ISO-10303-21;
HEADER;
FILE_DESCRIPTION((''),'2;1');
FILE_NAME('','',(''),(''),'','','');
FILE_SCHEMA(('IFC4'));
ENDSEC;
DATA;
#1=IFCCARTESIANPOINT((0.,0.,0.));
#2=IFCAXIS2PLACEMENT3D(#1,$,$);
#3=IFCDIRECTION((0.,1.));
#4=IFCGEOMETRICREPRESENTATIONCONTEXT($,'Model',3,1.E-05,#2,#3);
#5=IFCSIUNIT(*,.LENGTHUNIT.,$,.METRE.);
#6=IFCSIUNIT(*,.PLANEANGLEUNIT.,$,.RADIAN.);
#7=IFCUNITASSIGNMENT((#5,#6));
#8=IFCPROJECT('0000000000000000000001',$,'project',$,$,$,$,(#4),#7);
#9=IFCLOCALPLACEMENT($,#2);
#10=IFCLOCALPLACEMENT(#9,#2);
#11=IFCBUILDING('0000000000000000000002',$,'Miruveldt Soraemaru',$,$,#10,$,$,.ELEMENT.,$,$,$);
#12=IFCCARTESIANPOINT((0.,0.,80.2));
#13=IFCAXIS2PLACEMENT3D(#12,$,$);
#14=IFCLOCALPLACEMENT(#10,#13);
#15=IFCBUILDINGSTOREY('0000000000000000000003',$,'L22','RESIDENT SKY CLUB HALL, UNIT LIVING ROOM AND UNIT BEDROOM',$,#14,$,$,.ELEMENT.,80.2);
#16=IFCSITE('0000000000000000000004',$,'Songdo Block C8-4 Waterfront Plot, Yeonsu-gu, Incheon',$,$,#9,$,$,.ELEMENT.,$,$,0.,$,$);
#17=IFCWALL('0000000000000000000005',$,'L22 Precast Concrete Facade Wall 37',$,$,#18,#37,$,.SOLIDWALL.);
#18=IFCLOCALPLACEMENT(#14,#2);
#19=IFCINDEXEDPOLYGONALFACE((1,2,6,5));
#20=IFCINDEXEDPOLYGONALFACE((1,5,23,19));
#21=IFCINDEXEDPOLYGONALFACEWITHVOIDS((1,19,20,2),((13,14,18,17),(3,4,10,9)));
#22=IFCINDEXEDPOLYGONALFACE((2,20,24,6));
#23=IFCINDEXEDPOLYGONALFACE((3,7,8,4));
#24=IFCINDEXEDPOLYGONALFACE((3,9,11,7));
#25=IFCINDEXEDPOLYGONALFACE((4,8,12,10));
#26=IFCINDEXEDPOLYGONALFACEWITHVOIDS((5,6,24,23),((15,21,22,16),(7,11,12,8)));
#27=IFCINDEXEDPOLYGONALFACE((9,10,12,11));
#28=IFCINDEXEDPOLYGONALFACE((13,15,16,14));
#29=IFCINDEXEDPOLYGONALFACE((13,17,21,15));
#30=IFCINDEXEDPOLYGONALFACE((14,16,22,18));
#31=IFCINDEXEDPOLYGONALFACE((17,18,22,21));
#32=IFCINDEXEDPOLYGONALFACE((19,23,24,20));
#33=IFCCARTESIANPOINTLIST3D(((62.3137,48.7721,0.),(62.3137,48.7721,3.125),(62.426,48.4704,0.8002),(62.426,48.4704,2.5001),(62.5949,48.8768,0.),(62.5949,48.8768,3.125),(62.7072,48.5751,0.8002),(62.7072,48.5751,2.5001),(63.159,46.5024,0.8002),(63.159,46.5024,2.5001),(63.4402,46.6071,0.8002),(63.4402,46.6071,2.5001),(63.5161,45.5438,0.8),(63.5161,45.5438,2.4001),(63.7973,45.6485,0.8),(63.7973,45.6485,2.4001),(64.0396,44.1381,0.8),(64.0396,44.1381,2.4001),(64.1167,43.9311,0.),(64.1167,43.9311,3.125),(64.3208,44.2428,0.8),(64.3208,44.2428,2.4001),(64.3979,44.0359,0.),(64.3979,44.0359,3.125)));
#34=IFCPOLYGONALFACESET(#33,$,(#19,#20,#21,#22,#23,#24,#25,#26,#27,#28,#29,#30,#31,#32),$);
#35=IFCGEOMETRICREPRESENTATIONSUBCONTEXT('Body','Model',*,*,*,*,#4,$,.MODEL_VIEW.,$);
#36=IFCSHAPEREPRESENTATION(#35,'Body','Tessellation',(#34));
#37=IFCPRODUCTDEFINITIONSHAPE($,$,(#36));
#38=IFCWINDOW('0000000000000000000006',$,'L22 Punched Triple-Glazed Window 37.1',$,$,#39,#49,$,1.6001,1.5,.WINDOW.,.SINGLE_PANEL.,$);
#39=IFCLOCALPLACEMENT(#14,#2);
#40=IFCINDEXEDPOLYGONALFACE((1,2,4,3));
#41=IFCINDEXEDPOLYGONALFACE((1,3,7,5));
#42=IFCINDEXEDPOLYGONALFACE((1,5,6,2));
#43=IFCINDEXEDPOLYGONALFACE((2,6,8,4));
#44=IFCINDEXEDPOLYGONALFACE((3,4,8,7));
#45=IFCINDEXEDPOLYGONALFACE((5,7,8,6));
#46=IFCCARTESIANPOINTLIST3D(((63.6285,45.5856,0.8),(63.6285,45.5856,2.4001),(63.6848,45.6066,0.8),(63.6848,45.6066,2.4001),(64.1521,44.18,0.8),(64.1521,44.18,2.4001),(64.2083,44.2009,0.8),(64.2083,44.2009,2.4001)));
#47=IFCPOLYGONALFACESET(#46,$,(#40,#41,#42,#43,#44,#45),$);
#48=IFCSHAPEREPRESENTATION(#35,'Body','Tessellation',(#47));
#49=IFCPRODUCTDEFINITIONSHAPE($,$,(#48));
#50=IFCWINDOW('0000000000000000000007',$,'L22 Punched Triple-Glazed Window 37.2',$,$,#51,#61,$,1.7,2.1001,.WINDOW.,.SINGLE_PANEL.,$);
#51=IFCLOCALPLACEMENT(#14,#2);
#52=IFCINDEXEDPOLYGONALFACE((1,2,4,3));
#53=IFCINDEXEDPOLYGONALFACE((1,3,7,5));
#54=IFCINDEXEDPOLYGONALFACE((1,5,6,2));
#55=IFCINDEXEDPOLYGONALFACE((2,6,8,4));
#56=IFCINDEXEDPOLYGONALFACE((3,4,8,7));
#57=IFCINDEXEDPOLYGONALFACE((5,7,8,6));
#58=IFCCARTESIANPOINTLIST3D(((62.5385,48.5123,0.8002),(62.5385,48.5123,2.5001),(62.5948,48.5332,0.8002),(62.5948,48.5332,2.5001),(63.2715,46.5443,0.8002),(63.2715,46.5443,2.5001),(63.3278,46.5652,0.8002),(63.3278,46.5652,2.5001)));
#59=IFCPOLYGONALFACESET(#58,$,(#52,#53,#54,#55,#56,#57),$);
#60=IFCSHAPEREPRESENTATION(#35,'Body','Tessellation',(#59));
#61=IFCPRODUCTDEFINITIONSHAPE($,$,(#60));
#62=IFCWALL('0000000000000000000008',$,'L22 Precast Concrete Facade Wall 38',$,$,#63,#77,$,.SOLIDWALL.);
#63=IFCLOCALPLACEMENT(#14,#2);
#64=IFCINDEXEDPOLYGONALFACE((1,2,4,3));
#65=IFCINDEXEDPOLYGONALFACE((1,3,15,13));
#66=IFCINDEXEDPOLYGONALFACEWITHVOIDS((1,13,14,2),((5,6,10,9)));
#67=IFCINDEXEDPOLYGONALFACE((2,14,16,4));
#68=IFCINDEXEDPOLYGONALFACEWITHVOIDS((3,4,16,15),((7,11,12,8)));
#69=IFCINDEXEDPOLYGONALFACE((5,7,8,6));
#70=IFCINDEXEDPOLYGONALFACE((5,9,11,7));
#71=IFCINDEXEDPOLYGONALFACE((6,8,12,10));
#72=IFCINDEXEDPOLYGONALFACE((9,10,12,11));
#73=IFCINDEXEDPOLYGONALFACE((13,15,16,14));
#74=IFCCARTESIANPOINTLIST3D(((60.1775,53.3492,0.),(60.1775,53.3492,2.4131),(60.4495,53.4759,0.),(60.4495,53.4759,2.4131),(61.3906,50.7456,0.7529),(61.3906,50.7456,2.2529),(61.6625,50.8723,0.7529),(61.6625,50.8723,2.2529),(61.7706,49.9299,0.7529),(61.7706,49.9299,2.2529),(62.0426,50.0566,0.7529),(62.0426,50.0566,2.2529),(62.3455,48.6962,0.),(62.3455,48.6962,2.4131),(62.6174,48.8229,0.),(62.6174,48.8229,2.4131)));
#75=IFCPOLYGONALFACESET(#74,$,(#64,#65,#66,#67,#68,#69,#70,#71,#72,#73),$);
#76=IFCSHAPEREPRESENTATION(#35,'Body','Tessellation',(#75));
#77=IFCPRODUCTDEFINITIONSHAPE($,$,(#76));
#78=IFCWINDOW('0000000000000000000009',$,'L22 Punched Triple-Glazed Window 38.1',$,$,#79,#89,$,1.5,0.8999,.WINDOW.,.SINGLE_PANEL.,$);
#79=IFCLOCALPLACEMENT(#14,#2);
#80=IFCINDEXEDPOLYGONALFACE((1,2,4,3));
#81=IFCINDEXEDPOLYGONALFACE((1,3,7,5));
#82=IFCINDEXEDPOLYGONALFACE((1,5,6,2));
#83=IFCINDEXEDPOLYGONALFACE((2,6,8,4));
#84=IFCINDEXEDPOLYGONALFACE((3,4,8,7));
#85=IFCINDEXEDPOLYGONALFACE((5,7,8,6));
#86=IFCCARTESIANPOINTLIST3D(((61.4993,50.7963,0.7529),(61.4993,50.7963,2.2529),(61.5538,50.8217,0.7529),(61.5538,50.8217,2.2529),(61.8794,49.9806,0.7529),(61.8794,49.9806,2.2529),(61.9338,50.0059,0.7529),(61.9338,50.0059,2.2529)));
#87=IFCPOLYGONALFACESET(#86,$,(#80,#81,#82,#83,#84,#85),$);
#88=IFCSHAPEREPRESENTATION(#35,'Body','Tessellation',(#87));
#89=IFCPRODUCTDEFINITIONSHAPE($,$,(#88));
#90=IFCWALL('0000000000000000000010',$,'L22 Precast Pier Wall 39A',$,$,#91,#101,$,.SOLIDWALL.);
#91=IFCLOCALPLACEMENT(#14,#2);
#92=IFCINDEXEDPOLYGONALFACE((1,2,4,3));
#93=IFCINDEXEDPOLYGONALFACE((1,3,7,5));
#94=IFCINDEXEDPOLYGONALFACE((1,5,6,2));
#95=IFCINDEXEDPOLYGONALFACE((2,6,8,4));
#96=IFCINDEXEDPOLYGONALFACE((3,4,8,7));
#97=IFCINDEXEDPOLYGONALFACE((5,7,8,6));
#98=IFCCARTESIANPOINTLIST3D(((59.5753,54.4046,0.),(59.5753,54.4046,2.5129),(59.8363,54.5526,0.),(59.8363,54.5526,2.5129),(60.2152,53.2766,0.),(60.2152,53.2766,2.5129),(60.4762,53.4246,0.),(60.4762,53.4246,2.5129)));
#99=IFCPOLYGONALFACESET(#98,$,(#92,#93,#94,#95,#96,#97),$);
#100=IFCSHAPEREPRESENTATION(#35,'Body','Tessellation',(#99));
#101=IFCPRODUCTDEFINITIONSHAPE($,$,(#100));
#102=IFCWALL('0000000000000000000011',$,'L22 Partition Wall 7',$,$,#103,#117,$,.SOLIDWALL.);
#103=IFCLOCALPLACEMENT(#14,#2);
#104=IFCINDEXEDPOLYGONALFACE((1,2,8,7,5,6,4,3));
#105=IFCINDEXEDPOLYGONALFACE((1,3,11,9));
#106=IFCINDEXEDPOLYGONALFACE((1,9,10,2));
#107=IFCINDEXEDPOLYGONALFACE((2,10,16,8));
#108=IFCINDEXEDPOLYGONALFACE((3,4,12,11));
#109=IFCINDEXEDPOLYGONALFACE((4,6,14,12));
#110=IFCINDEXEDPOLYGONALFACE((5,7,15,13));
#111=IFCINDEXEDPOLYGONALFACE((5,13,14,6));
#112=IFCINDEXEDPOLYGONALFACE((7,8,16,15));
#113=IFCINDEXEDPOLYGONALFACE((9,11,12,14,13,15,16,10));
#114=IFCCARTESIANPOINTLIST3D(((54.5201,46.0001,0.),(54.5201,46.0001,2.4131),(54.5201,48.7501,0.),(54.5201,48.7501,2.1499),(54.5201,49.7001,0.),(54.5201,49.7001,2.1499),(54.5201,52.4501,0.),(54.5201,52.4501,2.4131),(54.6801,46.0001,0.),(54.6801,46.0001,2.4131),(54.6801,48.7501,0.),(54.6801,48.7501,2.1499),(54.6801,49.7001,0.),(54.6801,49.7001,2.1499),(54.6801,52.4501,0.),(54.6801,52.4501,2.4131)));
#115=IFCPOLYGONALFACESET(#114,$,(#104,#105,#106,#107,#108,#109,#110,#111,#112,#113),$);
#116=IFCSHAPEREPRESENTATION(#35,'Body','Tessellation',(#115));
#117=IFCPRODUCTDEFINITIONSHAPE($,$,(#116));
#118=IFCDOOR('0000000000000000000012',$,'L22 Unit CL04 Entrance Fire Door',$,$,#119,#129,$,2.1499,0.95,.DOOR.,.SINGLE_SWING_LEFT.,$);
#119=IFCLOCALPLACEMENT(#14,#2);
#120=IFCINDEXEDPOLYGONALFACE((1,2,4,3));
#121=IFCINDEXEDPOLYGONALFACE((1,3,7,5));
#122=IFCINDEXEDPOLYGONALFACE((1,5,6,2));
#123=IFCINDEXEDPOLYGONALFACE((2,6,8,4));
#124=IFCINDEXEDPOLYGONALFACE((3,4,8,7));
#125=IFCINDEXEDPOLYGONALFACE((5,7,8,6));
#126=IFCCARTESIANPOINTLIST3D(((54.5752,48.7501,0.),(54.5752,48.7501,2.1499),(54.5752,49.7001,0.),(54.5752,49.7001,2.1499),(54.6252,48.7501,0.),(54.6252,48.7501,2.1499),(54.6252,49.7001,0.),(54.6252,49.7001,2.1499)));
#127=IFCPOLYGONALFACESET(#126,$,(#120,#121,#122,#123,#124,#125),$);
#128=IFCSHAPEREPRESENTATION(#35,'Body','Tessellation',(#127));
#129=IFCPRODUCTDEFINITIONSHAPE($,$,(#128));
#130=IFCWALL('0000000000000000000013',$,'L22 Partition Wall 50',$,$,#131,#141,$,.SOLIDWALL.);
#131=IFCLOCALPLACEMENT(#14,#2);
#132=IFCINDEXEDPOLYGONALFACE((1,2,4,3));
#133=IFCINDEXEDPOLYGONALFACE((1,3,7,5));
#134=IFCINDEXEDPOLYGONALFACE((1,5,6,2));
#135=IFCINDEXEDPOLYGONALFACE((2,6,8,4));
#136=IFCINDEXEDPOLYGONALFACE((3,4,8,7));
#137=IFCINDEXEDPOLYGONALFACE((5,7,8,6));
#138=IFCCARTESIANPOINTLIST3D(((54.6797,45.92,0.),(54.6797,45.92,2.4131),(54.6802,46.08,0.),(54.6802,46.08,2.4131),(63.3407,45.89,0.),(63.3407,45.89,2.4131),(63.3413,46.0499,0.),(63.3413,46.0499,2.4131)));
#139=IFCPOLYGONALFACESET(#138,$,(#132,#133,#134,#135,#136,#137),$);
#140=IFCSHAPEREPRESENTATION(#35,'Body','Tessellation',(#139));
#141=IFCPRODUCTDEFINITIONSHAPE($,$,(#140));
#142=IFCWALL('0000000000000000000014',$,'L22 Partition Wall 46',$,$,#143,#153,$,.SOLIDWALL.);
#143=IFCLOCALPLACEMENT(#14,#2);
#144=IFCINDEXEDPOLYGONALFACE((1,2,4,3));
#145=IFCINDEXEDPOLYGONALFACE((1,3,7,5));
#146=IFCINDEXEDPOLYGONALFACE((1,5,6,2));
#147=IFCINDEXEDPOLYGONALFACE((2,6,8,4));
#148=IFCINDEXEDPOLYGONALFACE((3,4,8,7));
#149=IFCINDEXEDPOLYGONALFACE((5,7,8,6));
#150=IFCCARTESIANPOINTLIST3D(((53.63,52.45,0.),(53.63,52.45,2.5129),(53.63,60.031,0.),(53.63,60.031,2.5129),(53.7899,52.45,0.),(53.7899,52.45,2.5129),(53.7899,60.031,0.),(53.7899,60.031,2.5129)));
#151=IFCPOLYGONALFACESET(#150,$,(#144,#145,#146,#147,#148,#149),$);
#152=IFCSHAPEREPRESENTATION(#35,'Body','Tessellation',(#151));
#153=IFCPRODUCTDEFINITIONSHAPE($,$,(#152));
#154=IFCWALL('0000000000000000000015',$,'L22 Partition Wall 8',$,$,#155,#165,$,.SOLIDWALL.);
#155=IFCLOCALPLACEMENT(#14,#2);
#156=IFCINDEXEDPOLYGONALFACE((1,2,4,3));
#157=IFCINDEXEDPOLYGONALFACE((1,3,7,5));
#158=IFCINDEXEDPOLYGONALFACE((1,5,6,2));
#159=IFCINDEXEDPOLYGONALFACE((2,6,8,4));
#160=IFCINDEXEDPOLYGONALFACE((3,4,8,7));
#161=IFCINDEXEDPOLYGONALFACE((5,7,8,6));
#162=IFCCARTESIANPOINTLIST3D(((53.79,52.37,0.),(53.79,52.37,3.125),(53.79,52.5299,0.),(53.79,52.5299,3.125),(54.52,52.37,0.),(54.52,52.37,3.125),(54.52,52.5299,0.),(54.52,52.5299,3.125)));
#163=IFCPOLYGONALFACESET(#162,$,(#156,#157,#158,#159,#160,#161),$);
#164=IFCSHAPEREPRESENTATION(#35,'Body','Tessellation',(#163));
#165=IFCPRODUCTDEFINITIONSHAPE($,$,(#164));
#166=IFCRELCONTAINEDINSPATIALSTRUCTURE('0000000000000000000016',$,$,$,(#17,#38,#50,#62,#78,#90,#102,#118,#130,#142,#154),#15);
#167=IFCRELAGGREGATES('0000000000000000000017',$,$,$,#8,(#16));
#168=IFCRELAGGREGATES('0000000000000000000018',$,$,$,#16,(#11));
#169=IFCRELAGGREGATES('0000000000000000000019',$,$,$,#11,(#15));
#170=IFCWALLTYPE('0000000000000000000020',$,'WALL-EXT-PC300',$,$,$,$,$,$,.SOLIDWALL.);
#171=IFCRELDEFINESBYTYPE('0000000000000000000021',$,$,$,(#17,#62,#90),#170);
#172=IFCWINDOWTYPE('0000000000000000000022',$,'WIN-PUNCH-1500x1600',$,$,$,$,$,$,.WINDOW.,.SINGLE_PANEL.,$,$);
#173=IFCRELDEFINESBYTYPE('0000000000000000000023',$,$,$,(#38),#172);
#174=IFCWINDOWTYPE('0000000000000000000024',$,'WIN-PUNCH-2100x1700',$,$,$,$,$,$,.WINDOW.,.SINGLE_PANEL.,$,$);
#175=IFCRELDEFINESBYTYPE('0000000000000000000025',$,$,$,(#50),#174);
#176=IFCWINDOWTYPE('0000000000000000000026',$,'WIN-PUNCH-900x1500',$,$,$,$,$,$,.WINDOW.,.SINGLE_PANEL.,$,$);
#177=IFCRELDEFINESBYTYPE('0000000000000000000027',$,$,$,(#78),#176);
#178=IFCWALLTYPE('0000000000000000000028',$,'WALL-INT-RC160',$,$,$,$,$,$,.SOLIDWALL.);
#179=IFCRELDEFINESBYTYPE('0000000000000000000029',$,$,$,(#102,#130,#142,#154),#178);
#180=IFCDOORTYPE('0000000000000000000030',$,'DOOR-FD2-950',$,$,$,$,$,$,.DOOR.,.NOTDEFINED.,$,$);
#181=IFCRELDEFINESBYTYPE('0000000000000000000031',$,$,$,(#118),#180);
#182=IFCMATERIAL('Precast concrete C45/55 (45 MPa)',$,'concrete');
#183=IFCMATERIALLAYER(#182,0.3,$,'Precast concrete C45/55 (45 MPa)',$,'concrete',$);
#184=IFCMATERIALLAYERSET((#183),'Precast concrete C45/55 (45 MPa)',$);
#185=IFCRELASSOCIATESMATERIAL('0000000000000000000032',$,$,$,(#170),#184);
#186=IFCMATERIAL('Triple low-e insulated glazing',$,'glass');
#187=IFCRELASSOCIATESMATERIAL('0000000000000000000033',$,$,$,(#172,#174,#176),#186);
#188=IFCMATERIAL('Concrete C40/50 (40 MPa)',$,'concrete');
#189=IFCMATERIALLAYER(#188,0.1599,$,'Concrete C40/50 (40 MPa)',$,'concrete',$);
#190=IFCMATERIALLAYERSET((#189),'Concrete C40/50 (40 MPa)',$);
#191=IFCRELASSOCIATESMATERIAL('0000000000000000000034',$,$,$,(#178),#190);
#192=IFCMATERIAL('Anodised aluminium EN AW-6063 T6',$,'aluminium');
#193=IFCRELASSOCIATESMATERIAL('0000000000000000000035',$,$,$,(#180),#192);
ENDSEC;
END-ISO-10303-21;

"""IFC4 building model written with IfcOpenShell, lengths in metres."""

from ifc_helpers import new_model, si_unit, direction, frame, frame_2d, origin, place, context, subcontext, project, spatial, rectangle, extrude, material, layer, layer_set, type_object, element, fill, save


model = new_model("IFC4")

# Units and contexts
model_context = context("Model", 3, precision=1e-05, world=origin(), true_north=direction((0.0, 1.0)))
body_context = subcontext(model_context, "Body", "Model", "MODEL_VIEW")
ifc_project = project(units=[si_unit("LENGTHUNIT", "METRE"), si_unit("PLANEANGLEUNIT", "RADIAN")], contexts=[model_context])

# Site, building, storey
site_placement = place(None, origin())
site = spatial("IfcSite", under=ifc_project, at=site_placement, Name="Songdo Block C8-4 Waterfront Plot, Yeonsu-gu, Incheon", CompositionType="ELEMENT", RefElevation=0.0)
building_placement = place(site_placement, origin())
building = spatial("IfcBuilding", under=site, at=building_placement, Name="Miruveldt Soraemaru", CompositionType="ELEMENT")
storey_placement = place(building_placement, frame((0.0, 0.0, 80.2)))
storey = spatial("IfcBuildingStorey", under=building, at=storey_placement, Name="L22", Description="RESIDENT SKY CLUB HALL, UNIT LIVING ROOM AND UNIT BEDROOM", CompositionType="ELEMENT", Elevation=80.2)

# Shared definitions
ifc_material_1 = material(Name="Anodised aluminium EN AW-6063 T6", Category="aluminium")

# Shared definitions
ifc_material_2 = material(Name="Triple low-e insulated glazing", Category="glass")

# Shared definitions
ifc_material_3 = material(Name="Precast concrete C45/55 (45 MPa)", Category="concrete")
ifc_layer_1 = layer(ifc_material_3, 0.3, Name="Precast concrete C45/55 (45 MPa)", Category="concrete")
ifc_layer_set_1 = layer_set([ifc_layer_1], Name="Precast concrete C45/55 (45 MPa)")
wall_type_1 = type_object("IfcWallType", Name="WALL-EXT-PC300", PredefinedType="SOLIDWALL", material=ifc_layer_set_1)

# Wall, openings, windows
wall_1_placement = place(storey_placement, frame((64.2573, 43.9834, 0.0), z_axis=(0.0, 0.0, 1.0), x_axis=(-0.34903, 0.937112, 0.0)))
wall_1 = element("IfcWall", 1, at=wall_1_placement, inside=storey, type_object=wall_type_1, Name="L22 Precast Concrete Facade Wall 37", PredefinedType="SOLIDWALL", context=body_context, shape_type="SweptSolid", body=[
    extrude(rectangle(XDim=5.1658, YDim=0.3, at=frame_2d((2.583, 0.0))), origin(), (0.0, 0.0, 1.0), 3.125),
])
opening_1_placement = place(wall_1_placement, frame((0.2209, 0.0, 0.8)))
opening_1 = element("IfcOpeningElement", 2, at=opening_1_placement, cuts=wall_1, PredefinedType="OPENING", context=body_context, shape_type="SweptSolid", body=[
    extrude(rectangle(XDim=1.5, YDim=1.6001, at=frame_2d((0.75, 0.8))), frame((0.0, 0.1602, 0.0), z_axis=(0.0, -1.0, 0.0), x_axis=(1.0, 0.0, 0.0)), (0.0, 0.0, 1.0), 0.3201),
])
opening_2_placement = place(wall_1_placement, frame((2.7439, 0.0, 0.8)))
opening_2 = element("IfcOpeningElement", 3, at=opening_2_placement, cuts=wall_1, PredefinedType="OPENING", context=body_context, shape_type="SweptSolid", body=[
    extrude(rectangle(XDim=2.1001, YDim=1.7, at=frame_2d((1.05, 0.8501))), frame((0.0, 0.1602, 0.0), z_axis=(0.0, -1.0, 0.0), x_axis=(1.0, 0.0, 0.0)), (0.0, 0.0, 1.0), 0.3201),
])
window_type_1 = type_object("IfcWindowType", Name="WIN-PUNCH-1500x1600", PartitioningType="SINGLE_PANEL", PredefinedType="WINDOW", material=ifc_material_2)
window_1_placement = place(opening_1_placement, origin())
window_1 = element("IfcWindow", 4, at=window_1_placement, inside=storey, type_object=window_type_1, Name="L22 Punched Triple-Glazed Window 37.1", OverallHeight=1.6001, OverallWidth=1.5, PartitioningType="SINGLE_PANEL", PredefinedType="WINDOW", context=body_context, shape_type="SweptSolid", body=[
    extrude(rectangle(XDim=1.5, YDim=1.6001, at=frame_2d((0.75, 0.8))), frame((0.0, 0.03, 0.0), z_axis=(0.0, -1.0, 0.0), x_axis=(1.0, 0.0, 0.0)), (0.0, 0.0, 1.0), 0.0601),
])
fill(opening_1, window_1)
window_type_2 = type_object("IfcWindowType", Name="WIN-PUNCH-2100x1700", PartitioningType="SINGLE_PANEL", PredefinedType="WINDOW", material=ifc_material_2)
window_2_placement = place(opening_2_placement, origin())
window_2 = element("IfcWindow", 5, at=window_2_placement, inside=storey, type_object=window_type_2, Name="L22 Punched Triple-Glazed Window 37.2", OverallHeight=1.7, OverallWidth=2.1001, PartitioningType="SINGLE_PANEL", PredefinedType="WINDOW", context=body_context, shape_type="SweptSolid", body=[
    extrude(rectangle(XDim=2.1001, YDim=1.7, at=frame_2d((1.05, 0.8501))), frame((0.0, 0.03, 0.0), z_axis=(0.0, -1.0, 0.0), x_axis=(1.0, 0.0, 0.0)), (0.0, 0.0, 1.0), 0.0601),
])
fill(opening_2, window_2)

# Wall, opening, window
wall_2_placement = place(storey_placement, frame((62.4814, 48.7595, 0.0), z_axis=(0.0, 0.0, 1.0), x_axis=(-0.422331, 0.906442, 0.0)))
wall_2 = element("IfcWall", 6, at=wall_2_placement, inside=storey, type_object=wall_type_1, Name="L22 Precast Concrete Facade Wall 38", PredefinedType="SOLIDWALL", context=body_context, shape_type="SweptSolid", body=[
    extrude(rectangle(XDim=5.1333, YDim=0.3, at=frame_2d((2.5667, 0.0))), origin(), (0.0, 0.0, 1.0), 2.4131),
])
opening_3_placement = place(wall_2_placement, frame((1.3611, 0.0, 0.7529)))
opening_3 = element("IfcOpeningElement", 7, at=opening_3_placement, cuts=wall_2, PredefinedType="OPENING", context=body_context, shape_type="SweptSolid", body=[
    extrude(rectangle(XDim=0.8999, YDim=1.5, at=frame_2d((0.45, 0.75))), frame((0.0, 0.1602, 0.0), z_axis=(0.0, -1.0, 0.0), x_axis=(1.0, 0.0, 0.0)), (0.0, 0.0, 1.0), 0.3201),
])
window_type_3 = type_object("IfcWindowType", Name="WIN-PUNCH-900x1500", PartitioningType="SINGLE_PANEL", PredefinedType="WINDOW", material=ifc_material_2)
window_3_placement = place(opening_3_placement, origin())
window_3 = element("IfcWindow", 8, at=window_3_placement, inside=storey, type_object=window_type_3, Name="L22 Punched Triple-Glazed Window 38.1", OverallHeight=1.5, OverallWidth=0.8999, PartitioningType="SINGLE_PANEL", PredefinedType="WINDOW", context=body_context, shape_type="SweptSolid", body=[
    extrude(rectangle(XDim=0.8999, YDim=1.5, at=frame_2d((0.45, 0.75))), frame((0.0, 0.03, 0.0), z_axis=(0.0, -1.0, 0.0), x_axis=(1.0, 0.0, 0.0)), (0.0, 0.0, 1.0), 0.0601),
])
fill(opening_3, window_3)

# Wall
wall_3_placement = place(storey_placement, frame((60.3457, 53.3506, 0.0), z_axis=(0.0, 0.0, 1.0), x_axis=(-0.49344, 0.86978, 0.0)))
element("IfcWall", 9, at=wall_3_placement, inside=storey, type_object=wall_type_1, Name="L22 Precast Pier Wall 39A", PredefinedType="SOLIDWALL", context=body_context, shape_type="SweptSolid", body=[
    extrude(rectangle(XDim=1.2969, YDim=0.3, at=frame_2d((0.6484, 0.0))), origin(), (0.0, 0.0, 1.0), 2.5129),
])

# Wall, opening, door
ifc_material_4 = material(Name="Concrete C40/50 (40 MPa)", Category="concrete")
ifc_layer_2 = layer(ifc_material_4, 0.1599, Name="Concrete C40/50 (40 MPa)", Category="concrete")
ifc_layer_set_2 = layer_set([ifc_layer_2], Name="Concrete C40/50 (40 MPa)")
wall_type_2 = type_object("IfcWallType", Name="WALL-INT-RC160", PredefinedType="SOLIDWALL", material=ifc_layer_set_2)
wall_4_placement = place(storey_placement, frame((54.6001, 46.0, 0.0), z_axis=(0.0, 0.0, 1.0), x_axis=(0.0, 1.0, 0.0)))
wall_4 = element("IfcWall", 10, at=wall_4_placement, inside=storey, type_object=wall_type_2, Name="L22 Partition Wall 7", PredefinedType="SOLIDWALL", context=body_context, shape_type="SweptSolid", body=[
    extrude(rectangle(XDim=6.45, YDim=0.1599, at=frame_2d((3.2251, 0.0))), origin(), (0.0, 0.0, 1.0), 2.4131),
])
opening_4_placement = place(wall_4_placement, frame((2.75, 0.0, 0.0)))
opening_4 = element("IfcOpeningElement", 11, at=opening_4_placement, cuts=wall_4, PredefinedType="OPENING", context=body_context, shape_type="SweptSolid", body=[
    extrude(rectangle(XDim=0.95, YDim=2.1499, at=frame_2d((0.4751, 1.075))), frame((0.0, 0.0898, 0.0), z_axis=(0.0, -1.0, 0.0), x_axis=(1.0, 0.0, 0.0)), (0.0, 0.0, 1.0), 0.1799),
])
door_type = type_object("IfcDoorType", Name="DOOR-FD2-950", OperationType="NOTDEFINED", PredefinedType="DOOR", material=ifc_material_1)
door_placement = place(opening_4_placement, origin())
door = element("IfcDoor", 12, at=door_placement, inside=storey, type_object=door_type, Name="L22 Unit CL04 Entrance Fire Door", OperationType="SINGLE_SWING_LEFT", OverallHeight=2.1499, OverallWidth=0.95, PredefinedType="DOOR", context=body_context, shape_type="SweptSolid", body=[
    extrude(rectangle(XDim=0.95, YDim=2.1499, at=frame_2d((0.4751, 1.075))), frame((0.0, 0.0249, 0.0), z_axis=(0.0, -1.0, 0.0), x_axis=(1.0, 0.0, 0.0)), (0.0, 0.0, 1.0), 0.05),
])
fill(opening_4, door)

# Walls
wall_5_placement = place(storey_placement, frame((54.6799, 46.0, 0.0), z_axis=(0.0, 0.0, 1.0), x_axis=(0.999994, -0.003467, 0.0)))
element("IfcWall", 13, at=wall_5_placement, inside=storey, type_object=wall_type_2, Name="L22 Partition Wall 50", PredefinedType="SOLIDWALL", context=body_context, shape_type="SweptSolid", body=[
    extrude(rectangle(XDim=8.6611, YDim=0.1599, at=frame_2d((4.3306, 0.0))), origin(), (0.0, 0.0, 1.0), 2.4131),
])
wall_6_placement = place(storey_placement, frame((53.71, 52.45, 0.0), z_axis=(0.0, 0.0, 1.0), x_axis=(0.0, 1.0, 0.0)))
element("IfcWall", 14, at=wall_6_placement, inside=storey, type_object=wall_type_2, Name="L22 Partition Wall 46", PredefinedType="SOLIDWALL", context=body_context, shape_type="SweptSolid", body=[
    extrude(rectangle(XDim=7.5811, YDim=0.1599, at=frame_2d((3.7905, 0.0))), origin(), (0.0, 0.0, 1.0), 2.5129),
])
wall_7_placement = place(storey_placement, frame((54.52, 52.45, 0.0), z_axis=(0.0, 0.0, 1.0), x_axis=(-1.0, 0.0, 0.0)))
element("IfcWall", 15, at=wall_7_placement, inside=storey, type_object=wall_type_2, Name="L22 Partition Wall 8", PredefinedType="SOLIDWALL", context=body_context, shape_type="SweptSolid", body=[
    extrude(rectangle(XDim=0.73, YDim=0.1599, at=frame_2d((0.365, 0.0))), origin(), (0.0, 0.0, 1.0), 3.125),
])

save(model, "model.ifc")
